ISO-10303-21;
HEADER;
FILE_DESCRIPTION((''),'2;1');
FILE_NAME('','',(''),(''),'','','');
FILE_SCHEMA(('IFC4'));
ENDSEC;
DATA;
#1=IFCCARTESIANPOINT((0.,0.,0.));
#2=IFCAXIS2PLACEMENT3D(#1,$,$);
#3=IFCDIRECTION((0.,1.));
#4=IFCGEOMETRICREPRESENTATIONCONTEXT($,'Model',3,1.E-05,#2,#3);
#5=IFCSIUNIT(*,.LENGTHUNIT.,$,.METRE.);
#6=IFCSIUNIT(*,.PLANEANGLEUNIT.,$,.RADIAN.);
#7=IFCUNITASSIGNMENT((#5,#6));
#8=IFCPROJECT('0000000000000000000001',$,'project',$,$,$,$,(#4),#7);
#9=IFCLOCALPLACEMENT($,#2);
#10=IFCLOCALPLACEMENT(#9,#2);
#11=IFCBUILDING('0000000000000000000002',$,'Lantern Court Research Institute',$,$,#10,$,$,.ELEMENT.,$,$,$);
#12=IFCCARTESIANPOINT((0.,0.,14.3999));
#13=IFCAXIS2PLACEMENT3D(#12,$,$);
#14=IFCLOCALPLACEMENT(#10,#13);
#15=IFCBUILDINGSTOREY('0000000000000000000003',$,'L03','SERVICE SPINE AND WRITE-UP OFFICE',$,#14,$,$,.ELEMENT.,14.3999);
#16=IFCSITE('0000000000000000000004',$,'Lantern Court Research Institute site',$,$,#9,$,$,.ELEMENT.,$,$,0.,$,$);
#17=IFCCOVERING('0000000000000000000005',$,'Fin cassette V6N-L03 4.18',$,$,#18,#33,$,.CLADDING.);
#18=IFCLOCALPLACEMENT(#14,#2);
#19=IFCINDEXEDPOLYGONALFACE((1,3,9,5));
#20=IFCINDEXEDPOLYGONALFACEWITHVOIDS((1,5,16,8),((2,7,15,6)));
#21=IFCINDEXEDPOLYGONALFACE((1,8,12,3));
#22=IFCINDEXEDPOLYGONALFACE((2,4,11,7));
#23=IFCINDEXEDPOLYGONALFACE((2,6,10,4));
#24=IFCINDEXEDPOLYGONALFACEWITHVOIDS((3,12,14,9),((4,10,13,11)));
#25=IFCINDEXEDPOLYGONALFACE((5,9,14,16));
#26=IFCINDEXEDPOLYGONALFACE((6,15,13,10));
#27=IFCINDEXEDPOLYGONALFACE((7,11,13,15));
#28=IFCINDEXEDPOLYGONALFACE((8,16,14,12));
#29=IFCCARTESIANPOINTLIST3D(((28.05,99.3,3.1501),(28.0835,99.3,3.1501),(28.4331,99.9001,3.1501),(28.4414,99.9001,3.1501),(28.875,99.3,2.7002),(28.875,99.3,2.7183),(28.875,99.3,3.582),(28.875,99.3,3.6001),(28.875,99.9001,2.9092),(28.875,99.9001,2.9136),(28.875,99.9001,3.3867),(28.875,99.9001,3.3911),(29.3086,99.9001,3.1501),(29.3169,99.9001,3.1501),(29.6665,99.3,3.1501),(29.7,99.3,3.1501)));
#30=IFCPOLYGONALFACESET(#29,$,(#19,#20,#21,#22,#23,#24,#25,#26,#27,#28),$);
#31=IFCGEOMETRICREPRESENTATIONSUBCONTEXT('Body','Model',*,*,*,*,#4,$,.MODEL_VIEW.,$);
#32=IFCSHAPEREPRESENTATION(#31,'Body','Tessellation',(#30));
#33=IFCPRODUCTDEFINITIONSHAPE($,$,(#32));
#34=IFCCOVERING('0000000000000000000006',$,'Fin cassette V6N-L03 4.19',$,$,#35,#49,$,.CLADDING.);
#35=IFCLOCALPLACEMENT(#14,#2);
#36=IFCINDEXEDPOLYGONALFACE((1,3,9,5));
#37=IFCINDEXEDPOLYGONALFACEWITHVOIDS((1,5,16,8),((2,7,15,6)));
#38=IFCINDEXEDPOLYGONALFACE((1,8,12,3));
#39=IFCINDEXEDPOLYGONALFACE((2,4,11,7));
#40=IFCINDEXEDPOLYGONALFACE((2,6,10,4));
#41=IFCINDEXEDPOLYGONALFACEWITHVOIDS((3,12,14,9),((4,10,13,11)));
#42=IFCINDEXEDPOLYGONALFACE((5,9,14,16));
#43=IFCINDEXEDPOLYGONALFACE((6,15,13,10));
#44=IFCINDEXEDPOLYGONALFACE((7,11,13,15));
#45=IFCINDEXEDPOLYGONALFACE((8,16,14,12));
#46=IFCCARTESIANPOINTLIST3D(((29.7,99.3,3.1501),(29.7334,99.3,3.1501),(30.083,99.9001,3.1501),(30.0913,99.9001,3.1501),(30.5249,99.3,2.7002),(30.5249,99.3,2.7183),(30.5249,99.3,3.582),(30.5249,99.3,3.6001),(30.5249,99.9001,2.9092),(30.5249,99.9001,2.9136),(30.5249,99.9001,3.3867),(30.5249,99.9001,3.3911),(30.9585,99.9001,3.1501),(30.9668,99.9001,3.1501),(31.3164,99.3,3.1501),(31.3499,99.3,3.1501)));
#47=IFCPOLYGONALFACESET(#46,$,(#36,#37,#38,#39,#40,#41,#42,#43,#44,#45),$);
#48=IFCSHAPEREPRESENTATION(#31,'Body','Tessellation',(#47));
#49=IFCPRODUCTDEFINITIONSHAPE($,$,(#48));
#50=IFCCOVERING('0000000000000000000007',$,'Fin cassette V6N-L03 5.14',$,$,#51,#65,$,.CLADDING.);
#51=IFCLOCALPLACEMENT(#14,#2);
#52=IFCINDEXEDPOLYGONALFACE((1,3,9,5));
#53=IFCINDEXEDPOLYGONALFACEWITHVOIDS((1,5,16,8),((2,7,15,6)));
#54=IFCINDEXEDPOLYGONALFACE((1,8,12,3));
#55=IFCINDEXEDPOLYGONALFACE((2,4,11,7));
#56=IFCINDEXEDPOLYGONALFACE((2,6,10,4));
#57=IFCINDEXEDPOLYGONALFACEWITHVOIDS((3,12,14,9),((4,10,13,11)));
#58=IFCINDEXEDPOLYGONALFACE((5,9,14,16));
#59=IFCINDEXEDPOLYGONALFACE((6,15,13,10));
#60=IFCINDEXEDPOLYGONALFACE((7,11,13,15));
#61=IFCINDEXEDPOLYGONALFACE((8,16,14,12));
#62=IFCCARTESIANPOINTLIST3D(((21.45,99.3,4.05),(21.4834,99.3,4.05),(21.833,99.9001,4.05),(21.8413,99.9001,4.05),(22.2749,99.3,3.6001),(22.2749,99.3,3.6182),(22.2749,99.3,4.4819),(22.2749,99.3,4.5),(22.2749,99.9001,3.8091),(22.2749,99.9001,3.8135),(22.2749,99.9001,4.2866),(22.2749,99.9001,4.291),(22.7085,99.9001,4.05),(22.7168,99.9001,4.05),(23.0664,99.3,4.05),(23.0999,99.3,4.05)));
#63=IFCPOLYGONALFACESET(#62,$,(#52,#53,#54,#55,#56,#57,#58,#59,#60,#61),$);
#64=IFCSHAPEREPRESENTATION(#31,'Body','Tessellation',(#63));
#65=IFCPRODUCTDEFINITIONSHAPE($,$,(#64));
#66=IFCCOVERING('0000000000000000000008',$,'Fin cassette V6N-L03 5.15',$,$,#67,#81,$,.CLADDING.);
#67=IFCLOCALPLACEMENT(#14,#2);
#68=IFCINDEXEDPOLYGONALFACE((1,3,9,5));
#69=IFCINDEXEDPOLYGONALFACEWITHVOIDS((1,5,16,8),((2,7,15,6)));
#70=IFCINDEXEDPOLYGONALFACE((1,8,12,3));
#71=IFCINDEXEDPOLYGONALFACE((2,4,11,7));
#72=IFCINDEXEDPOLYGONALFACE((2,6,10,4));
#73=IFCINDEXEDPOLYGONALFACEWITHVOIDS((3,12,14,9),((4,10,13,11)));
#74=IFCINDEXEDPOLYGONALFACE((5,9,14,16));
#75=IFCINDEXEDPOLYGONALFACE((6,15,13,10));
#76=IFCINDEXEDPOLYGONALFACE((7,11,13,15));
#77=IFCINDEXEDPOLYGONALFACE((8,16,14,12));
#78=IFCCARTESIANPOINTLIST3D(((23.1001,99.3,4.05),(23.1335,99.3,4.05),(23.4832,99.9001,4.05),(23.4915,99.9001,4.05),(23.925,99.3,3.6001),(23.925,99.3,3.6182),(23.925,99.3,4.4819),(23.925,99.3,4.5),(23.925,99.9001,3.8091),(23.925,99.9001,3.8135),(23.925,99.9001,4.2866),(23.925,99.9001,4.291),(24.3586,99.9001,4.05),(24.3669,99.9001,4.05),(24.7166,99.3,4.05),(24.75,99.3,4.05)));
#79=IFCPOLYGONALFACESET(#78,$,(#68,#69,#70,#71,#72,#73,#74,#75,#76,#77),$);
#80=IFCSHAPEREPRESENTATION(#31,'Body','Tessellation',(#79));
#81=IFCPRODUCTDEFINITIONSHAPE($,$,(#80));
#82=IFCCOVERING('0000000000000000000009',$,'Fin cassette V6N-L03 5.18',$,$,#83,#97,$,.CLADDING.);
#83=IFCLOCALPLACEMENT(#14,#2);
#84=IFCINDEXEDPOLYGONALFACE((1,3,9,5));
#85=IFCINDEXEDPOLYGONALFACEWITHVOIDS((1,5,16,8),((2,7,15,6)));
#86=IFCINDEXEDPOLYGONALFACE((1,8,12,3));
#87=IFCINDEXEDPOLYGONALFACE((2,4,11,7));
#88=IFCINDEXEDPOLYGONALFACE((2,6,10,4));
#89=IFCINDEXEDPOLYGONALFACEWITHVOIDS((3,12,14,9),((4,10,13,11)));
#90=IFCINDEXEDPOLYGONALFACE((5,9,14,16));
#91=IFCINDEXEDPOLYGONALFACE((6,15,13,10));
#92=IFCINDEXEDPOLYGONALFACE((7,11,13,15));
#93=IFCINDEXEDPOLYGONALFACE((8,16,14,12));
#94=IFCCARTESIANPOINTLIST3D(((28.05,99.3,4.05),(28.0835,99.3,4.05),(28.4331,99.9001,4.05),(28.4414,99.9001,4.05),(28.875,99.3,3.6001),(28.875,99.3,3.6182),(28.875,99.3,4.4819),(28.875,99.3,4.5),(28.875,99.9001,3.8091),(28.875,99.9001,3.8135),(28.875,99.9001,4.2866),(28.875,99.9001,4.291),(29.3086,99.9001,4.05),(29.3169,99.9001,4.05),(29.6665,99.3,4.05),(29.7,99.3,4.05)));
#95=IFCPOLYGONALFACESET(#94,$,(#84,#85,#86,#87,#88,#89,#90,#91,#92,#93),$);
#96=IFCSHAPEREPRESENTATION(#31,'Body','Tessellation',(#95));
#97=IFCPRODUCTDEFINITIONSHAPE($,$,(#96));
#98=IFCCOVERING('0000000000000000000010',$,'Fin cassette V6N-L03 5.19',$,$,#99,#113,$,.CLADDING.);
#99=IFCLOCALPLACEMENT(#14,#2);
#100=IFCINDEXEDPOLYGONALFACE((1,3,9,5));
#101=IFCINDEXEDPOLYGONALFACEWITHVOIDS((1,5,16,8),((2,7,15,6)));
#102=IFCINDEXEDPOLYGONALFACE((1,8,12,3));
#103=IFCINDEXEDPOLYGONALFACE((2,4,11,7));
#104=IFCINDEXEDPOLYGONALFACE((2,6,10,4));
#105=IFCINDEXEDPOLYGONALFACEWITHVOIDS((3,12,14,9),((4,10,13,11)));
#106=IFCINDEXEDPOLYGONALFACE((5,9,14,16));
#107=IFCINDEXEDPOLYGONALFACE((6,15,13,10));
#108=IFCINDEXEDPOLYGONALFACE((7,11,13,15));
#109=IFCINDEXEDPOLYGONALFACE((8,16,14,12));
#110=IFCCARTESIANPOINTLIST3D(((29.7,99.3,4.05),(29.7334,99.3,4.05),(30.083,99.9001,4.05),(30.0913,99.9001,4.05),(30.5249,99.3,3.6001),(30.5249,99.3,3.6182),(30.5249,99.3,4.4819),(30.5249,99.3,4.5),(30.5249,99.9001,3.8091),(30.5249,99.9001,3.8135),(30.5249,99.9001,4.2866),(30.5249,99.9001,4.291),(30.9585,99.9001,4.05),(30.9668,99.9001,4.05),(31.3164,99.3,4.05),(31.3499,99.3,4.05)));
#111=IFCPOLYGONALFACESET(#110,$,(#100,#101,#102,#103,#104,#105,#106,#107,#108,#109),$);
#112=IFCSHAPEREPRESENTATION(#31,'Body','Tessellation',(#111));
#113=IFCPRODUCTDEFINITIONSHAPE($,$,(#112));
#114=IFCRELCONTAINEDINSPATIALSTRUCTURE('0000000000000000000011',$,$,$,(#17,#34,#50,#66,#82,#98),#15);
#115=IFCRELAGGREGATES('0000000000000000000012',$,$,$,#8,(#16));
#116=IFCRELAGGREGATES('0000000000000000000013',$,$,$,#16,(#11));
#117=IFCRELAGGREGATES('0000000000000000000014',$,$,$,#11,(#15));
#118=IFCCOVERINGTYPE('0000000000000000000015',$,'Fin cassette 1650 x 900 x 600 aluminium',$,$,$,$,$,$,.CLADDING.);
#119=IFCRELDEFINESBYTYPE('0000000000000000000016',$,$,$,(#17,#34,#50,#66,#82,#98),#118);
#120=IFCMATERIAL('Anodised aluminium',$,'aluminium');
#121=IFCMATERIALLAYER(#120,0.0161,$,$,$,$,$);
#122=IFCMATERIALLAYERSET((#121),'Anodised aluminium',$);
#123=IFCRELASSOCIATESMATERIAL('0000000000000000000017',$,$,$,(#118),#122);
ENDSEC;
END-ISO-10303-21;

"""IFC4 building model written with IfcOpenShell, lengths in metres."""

from ifc_helpers import new_model, entity, si_unit, direction, frame, origin, place, context, subcontext, project, spatial, material, layer, layer_set, type_object, element, save


model = new_model("IFC4")

# Units and contexts
model_context = context("Model", 3, precision=1e-05, world=origin(), true_north=direction((0.0, 1.0)))
body_context = subcontext(model_context, "Body", "Model", "MODEL_VIEW")
ifc_project = project(units=[si_unit("LENGTHUNIT", "METRE"), si_unit("PLANEANGLEUNIT", "RADIAN")], contexts=[model_context])

# Site, building, storey
site_placement = place(None, origin())
site = spatial("IfcSite", under=ifc_project, at=site_placement, Name="Lantern Court Research Institute site", CompositionType="ELEMENT", RefElevation=0.0)
building_placement = place(site_placement, origin())
building = spatial("IfcBuilding", under=site, at=building_placement, Name="Lantern Court Research Institute", CompositionType="ELEMENT")
storey_placement = place(building_placement, frame((0.0, 0.0, 14.3999)))
storey = spatial("IfcBuildingStorey", under=building, at=storey_placement, Name="L03", Description="SERVICE SPINE AND WRITE-UP OFFICE", CompositionType="ELEMENT", Elevation=14.3999)

# Coverings
ifc_material_1 = material(Name="Anodised aluminium", Category="aluminium")
ifc_layer_1 = layer(ifc_material_1, 0.0161)
ifc_layer_set_1 = layer_set([ifc_layer_1], Name="Anodised aluminium")
covering_type_1 = type_object("IfcCoveringType", Name="Fin cassette 1650 x 900 x 600 aluminium", PredefinedType="CLADDING", material=ifc_layer_set_1)
covering_1_placement = place(storey_placement, frame((28.875, 99.3, 3.1501), z_axis=(0.0, 1.0, 0.0), x_axis=(-1.0, 0.0, 0.0)))
cartesian_point_1 = entity("IfcCartesianPoint", [0.825, 0.0])
cartesian_point_2 = entity("IfcCartesianPoint", [0.7915, 0.0])
cartesian_point_3 = entity("IfcCartesianPoint", [0.4419, 0.0])
cartesian_point_4 = entity("IfcCartesianPoint", [0.4336, 0.0])
element("IfcCovering", 1, at=covering_1_placement, inside=storey, type_object=covering_type_1, Name="Fin cassette V6N-L03 4.18", PredefinedType="CLADDING", context=body_context, shape_type="SweptSolid", body=[
    entity("IfcExtrudedAreaSolidTapered", entity("IfcArbitraryProfileDefWithVoids", "AREA", None, entity("IfcPolyline", [cartesian_point_1, entity("IfcCartesianPoint", [0.0, 0.45]), entity("IfcCartesianPoint", [-0.825, 0.0]), entity("IfcCartesianPoint", [0.0, -0.45]), cartesian_point_1]), [entity("IfcPolyline", [cartesian_point_2, entity("IfcCartesianPoint", [0.0, 0.4319]), entity("IfcCartesianPoint", [-0.7915, 0.0]), entity("IfcCartesianPoint", [0.0, -0.4319]), cartesian_point_2])]), entity("IfcAxis2Placement3D", entity("IfcCartesianPoint", [0.0, 0.0, 0.0])), entity("IfcDirection", [0.0, 0.0, 1.0]), 0.6001, entity("IfcArbitraryProfileDefWithVoids", "AREA", None, entity("IfcPolyline", [cartesian_point_3, entity("IfcCartesianPoint", [0.0, 0.241]), entity("IfcCartesianPoint", [-0.4419, 0.0]), entity("IfcCartesianPoint", [0.0, -0.241]), cartesian_point_3]), [entity("IfcPolyline", [cartesian_point_4, entity("IfcCartesianPoint", [0.0, 0.2366]), entity("IfcCartesianPoint", [-0.4336, 0.0]), entity("IfcCartesianPoint", [0.0, -0.2366]), cartesian_point_4])])),
])
covering_2_placement = place(storey_placement, frame((30.5249, 99.3, 3.1501), z_axis=(0.0, 1.0, 0.0), x_axis=(-1.0, 0.0, 0.0)))
cartesian_point_5 = entity("IfcCartesianPoint", [0.825, 0.0])
cartesian_point_6 = entity("IfcCartesianPoint", [0.7915, 0.0])
cartesian_point_7 = entity("IfcCartesianPoint", [0.4419, 0.0])
cartesian_point_8 = entity("IfcCartesianPoint", [0.4336, 0.0])
element("IfcCovering", 2, at=covering_2_placement, inside=storey, type_object=covering_type_1, Name="Fin cassette V6N-L03 4.19", PredefinedType="CLADDING", context=body_context, shape_type="SweptSolid", body=[
    entity("IfcExtrudedAreaSolidTapered", entity("IfcArbitraryProfileDefWithVoids", "AREA", None, entity("IfcPolyline", [cartesian_point_5, entity("IfcCartesianPoint", [0.0, 0.45]), entity("IfcCartesianPoint", [-0.825, 0.0]), entity("IfcCartesianPoint", [0.0, -0.45]), cartesian_point_5]), [entity("IfcPolyline", [cartesian_point_6, entity("IfcCartesianPoint", [0.0, 0.4319]), entity("IfcCartesianPoint", [-0.7915, 0.0]), entity("IfcCartesianPoint", [0.0, -0.4319]), cartesian_point_6])]), entity("IfcAxis2Placement3D", entity("IfcCartesianPoint", [0.0, 0.0, 0.0])), entity("IfcDirection", [0.0, 0.0, 1.0]), 0.6001, entity("IfcArbitraryProfileDefWithVoids", "AREA", None, entity("IfcPolyline", [cartesian_point_7, entity("IfcCartesianPoint", [0.0, 0.241]), entity("IfcCartesianPoint", [-0.4419, 0.0]), entity("IfcCartesianPoint", [0.0, -0.241]), cartesian_point_7]), [entity("IfcPolyline", [cartesian_point_8, entity("IfcCartesianPoint", [0.0, 0.2366]), entity("IfcCartesianPoint", [-0.4336, 0.0]), entity("IfcCartesianPoint", [0.0, -0.2366]), cartesian_point_8])])),
])
covering_3_placement = place(storey_placement, frame((22.2749, 99.3, 4.05), z_axis=(0.0, 1.0, 0.0), x_axis=(-1.0, 0.0, 0.0)))
cartesian_point_9 = entity("IfcCartesianPoint", [0.825, 0.0])
cartesian_point_10 = entity("IfcCartesianPoint", [0.7915, 0.0])
cartesian_point_11 = entity("IfcCartesianPoint", [0.4419, 0.0])
cartesian_point_12 = entity("IfcCartesianPoint", [0.4336, 0.0])
element("IfcCovering", 3, at=covering_3_placement, inside=storey, type_object=covering_type_1, Name="Fin cassette V6N-L03 5.14", PredefinedType="CLADDING", context=body_context, shape_type="SweptSolid", body=[
    entity("IfcExtrudedAreaSolidTapered", entity("IfcArbitraryProfileDefWithVoids", "AREA", None, entity("IfcPolyline", [cartesian_point_9, entity("IfcCartesianPoint", [0.0, 0.45]), entity("IfcCartesianPoint", [-0.825, 0.0]), entity("IfcCartesianPoint", [0.0, -0.45]), cartesian_point_9]), [entity("IfcPolyline", [cartesian_point_10, entity("IfcCartesianPoint", [0.0, 0.4319]), entity("IfcCartesianPoint", [-0.7915, 0.0]), entity("IfcCartesianPoint", [0.0, -0.4319]), cartesian_point_10])]), entity("IfcAxis2Placement3D", entity("IfcCartesianPoint", [0.0, 0.0, 0.0])), entity("IfcDirection", [0.0, 0.0, 1.0]), 0.6001, entity("IfcArbitraryProfileDefWithVoids", "AREA", None, entity("IfcPolyline", [cartesian_point_11, entity("IfcCartesianPoint", [0.0, 0.241]), entity("IfcCartesianPoint", [-0.4419, 0.0]), entity("IfcCartesianPoint", [0.0, -0.241]), cartesian_point_11]), [entity("IfcPolyline", [cartesian_point_12, entity("IfcCartesianPoint", [0.0, 0.2366]), entity("IfcCartesianPoint", [-0.4336, 0.0]), entity("IfcCartesianPoint", [0.0, -0.2366]), cartesian_point_12])])),
])
covering_4_placement = place(storey_placement, frame((23.925, 99.3, 4.05), z_axis=(0.0, 1.0, 0.0), x_axis=(-1.0, 0.0, 0.0)))
cartesian_point_13 = entity("IfcCartesianPoint", [0.825, 0.0])
cartesian_point_14 = entity("IfcCartesianPoint", [0.7915, 0.0])
cartesian_point_15 = entity("IfcCartesianPoint", [0.4419, 0.0])
cartesian_point_16 = entity("IfcCartesianPoint", [0.4336, 0.0])
element("IfcCovering", 4, at=covering_4_placement, inside=storey, type_object=covering_type_1, Name="Fin cassette V6N-L03 5.15", PredefinedType="CLADDING", context=body_context, shape_type="SweptSolid", body=[
    entity("IfcExtrudedAreaSolidTapered", entity("IfcArbitraryProfileDefWithVoids", "AREA", None, entity("IfcPolyline", [cartesian_point_13, entity("IfcCartesianPoint", [0.0, 0.45]), entity("IfcCartesianPoint", [-0.825, 0.0]), entity("IfcCartesianPoint", [0.0, -0.45]), cartesian_point_13]), [entity("IfcPolyline", [cartesian_point_14, entity("IfcCartesianPoint", [0.0, 0.4319]), entity("IfcCartesianPoint", [-0.7915, 0.0]), entity("IfcCartesianPoint", [0.0, -0.4319]), cartesian_point_14])]), entity("IfcAxis2Placement3D", entity("IfcCartesianPoint", [0.0, 0.0, 0.0])), entity("IfcDirection", [0.0, 0.0, 1.0]), 0.6001, entity("IfcArbitraryProfileDefWithVoids", "AREA", None, entity("IfcPolyline", [cartesian_point_15, entity("IfcCartesianPoint", [0.0, 0.241]), entity("IfcCartesianPoint", [-0.4419, 0.0]), entity("IfcCartesianPoint", [0.0, -0.241]), cartesian_point_15]), [entity("IfcPolyline", [cartesian_point_16, entity("IfcCartesianPoint", [0.0, 0.2366]), entity("IfcCartesianPoint", [-0.4336, 0.0]), entity("IfcCartesianPoint", [0.0, -0.2366]), cartesian_point_16])])),
])
covering_5_placement = place(storey_placement, frame((28.875, 99.3, 4.05), z_axis=(0.0, 1.0, 0.0), x_axis=(-1.0, 0.0, 0.0)))
cartesian_point_17 = entity("IfcCartesianPoint", [0.825, 0.0])
cartesian_point_18 = entity("IfcCartesianPoint", [0.7915, 0.0])
cartesian_point_19 = entity("IfcCartesianPoint", [0.4419, 0.0])
cartesian_point_20 = entity("IfcCartesianPoint", [0.4336, 0.0])
element("IfcCovering", 5, at=covering_5_placement, inside=storey, type_object=covering_type_1, Name="Fin cassette V6N-L03 5.18", PredefinedType="CLADDING", context=body_context, shape_type="SweptSolid", body=[
    entity("IfcExtrudedAreaSolidTapered", entity("IfcArbitraryProfileDefWithVoids", "AREA", None, entity("IfcPolyline", [cartesian_point_17, entity("IfcCartesianPoint", [0.0, 0.45]), entity("IfcCartesianPoint", [-0.825, 0.0]), entity("IfcCartesianPoint", [0.0, -0.45]), cartesian_point_17]), [entity("IfcPolyline", [cartesian_point_18, entity("IfcCartesianPoint", [0.0, 0.4319]), entity("IfcCartesianPoint", [-0.7915, 0.0]), entity("IfcCartesianPoint", [0.0, -0.4319]), cartesian_point_18])]), entity("IfcAxis2Placement3D", entity("IfcCartesianPoint", [0.0, 0.0, 0.0])), entity("IfcDirection", [0.0, 0.0, 1.0]), 0.6001, entity("IfcArbitraryProfileDefWithVoids", "AREA", None, entity("IfcPolyline", [cartesian_point_19, entity("IfcCartesianPoint", [0.0, 0.241]), entity("IfcCartesianPoint", [-0.4419, 0.0]), entity("IfcCartesianPoint", [0.0, -0.241]), cartesian_point_19]), [entity("IfcPolyline", [cartesian_point_20, entity("IfcCartesianPoint", [0.0, 0.2366]), entity("IfcCartesianPoint", [-0.4336, 0.0]), entity("IfcCartesianPoint", [0.0, -0.2366]), cartesian_point_20])])),
])
covering_6_placement = place(storey_placement, frame((30.5249, 99.3, 4.05), z_axis=(0.0, 1.0, 0.0), x_axis=(-1.0, 0.0, 0.0)))
cartesian_point_21 = entity("IfcCartesianPoint", [0.825, 0.0])
cartesian_point_22 = entity("IfcCartesianPoint", [0.7915, 0.0])
cartesian_point_23 = entity("IfcCartesianPoint", [0.4419, 0.0])
cartesian_point_24 = entity("IfcCartesianPoint", [0.4336, 0.0])
element("IfcCovering", 6, at=covering_6_placement, inside=storey, type_object=covering_type_1, Name="Fin cassette V6N-L03 5.19", PredefinedType="CLADDING", context=body_context, shape_type="SweptSolid", body=[
    entity("IfcExtrudedAreaSolidTapered", entity("IfcArbitraryProfileDefWithVoids", "AREA", None, entity("IfcPolyline", [cartesian_point_21, entity("IfcCartesianPoint", [0.0, 0.45]), entity("IfcCartesianPoint", [-0.825, 0.0]), entity("IfcCartesianPoint", [0.0, -0.45]), cartesian_point_21]), [entity("IfcPolyline", [cartesian_point_22, entity("IfcCartesianPoint", [0.0, 0.4319]), entity("IfcCartesianPoint", [-0.7915, 0.0]), entity("IfcCartesianPoint", [0.0, -0.4319]), cartesian_point_22])]), entity("IfcAxis2Placement3D", entity("IfcCartesianPoint", [0.0, 0.0, 0.0])), entity("IfcDirection", [0.0, 0.0, 1.0]), 0.6001, entity("IfcArbitraryProfileDefWithVoids", "AREA", None, entity("IfcPolyline", [cartesian_point_23, entity("IfcCartesianPoint", [0.0, 0.241]), entity("IfcCartesianPoint", [-0.4419, 0.0]), entity("IfcCartesianPoint", [0.0, -0.241]), cartesian_point_23]), [entity("IfcPolyline", [cartesian_point_24, entity("IfcCartesianPoint", [0.0, 0.2366]), entity("IfcCartesianPoint", [-0.4336, 0.0]), entity("IfcCartesianPoint", [0.0, -0.2366]), cartesian_point_24])])),
])

save(model, "model.ifc")
